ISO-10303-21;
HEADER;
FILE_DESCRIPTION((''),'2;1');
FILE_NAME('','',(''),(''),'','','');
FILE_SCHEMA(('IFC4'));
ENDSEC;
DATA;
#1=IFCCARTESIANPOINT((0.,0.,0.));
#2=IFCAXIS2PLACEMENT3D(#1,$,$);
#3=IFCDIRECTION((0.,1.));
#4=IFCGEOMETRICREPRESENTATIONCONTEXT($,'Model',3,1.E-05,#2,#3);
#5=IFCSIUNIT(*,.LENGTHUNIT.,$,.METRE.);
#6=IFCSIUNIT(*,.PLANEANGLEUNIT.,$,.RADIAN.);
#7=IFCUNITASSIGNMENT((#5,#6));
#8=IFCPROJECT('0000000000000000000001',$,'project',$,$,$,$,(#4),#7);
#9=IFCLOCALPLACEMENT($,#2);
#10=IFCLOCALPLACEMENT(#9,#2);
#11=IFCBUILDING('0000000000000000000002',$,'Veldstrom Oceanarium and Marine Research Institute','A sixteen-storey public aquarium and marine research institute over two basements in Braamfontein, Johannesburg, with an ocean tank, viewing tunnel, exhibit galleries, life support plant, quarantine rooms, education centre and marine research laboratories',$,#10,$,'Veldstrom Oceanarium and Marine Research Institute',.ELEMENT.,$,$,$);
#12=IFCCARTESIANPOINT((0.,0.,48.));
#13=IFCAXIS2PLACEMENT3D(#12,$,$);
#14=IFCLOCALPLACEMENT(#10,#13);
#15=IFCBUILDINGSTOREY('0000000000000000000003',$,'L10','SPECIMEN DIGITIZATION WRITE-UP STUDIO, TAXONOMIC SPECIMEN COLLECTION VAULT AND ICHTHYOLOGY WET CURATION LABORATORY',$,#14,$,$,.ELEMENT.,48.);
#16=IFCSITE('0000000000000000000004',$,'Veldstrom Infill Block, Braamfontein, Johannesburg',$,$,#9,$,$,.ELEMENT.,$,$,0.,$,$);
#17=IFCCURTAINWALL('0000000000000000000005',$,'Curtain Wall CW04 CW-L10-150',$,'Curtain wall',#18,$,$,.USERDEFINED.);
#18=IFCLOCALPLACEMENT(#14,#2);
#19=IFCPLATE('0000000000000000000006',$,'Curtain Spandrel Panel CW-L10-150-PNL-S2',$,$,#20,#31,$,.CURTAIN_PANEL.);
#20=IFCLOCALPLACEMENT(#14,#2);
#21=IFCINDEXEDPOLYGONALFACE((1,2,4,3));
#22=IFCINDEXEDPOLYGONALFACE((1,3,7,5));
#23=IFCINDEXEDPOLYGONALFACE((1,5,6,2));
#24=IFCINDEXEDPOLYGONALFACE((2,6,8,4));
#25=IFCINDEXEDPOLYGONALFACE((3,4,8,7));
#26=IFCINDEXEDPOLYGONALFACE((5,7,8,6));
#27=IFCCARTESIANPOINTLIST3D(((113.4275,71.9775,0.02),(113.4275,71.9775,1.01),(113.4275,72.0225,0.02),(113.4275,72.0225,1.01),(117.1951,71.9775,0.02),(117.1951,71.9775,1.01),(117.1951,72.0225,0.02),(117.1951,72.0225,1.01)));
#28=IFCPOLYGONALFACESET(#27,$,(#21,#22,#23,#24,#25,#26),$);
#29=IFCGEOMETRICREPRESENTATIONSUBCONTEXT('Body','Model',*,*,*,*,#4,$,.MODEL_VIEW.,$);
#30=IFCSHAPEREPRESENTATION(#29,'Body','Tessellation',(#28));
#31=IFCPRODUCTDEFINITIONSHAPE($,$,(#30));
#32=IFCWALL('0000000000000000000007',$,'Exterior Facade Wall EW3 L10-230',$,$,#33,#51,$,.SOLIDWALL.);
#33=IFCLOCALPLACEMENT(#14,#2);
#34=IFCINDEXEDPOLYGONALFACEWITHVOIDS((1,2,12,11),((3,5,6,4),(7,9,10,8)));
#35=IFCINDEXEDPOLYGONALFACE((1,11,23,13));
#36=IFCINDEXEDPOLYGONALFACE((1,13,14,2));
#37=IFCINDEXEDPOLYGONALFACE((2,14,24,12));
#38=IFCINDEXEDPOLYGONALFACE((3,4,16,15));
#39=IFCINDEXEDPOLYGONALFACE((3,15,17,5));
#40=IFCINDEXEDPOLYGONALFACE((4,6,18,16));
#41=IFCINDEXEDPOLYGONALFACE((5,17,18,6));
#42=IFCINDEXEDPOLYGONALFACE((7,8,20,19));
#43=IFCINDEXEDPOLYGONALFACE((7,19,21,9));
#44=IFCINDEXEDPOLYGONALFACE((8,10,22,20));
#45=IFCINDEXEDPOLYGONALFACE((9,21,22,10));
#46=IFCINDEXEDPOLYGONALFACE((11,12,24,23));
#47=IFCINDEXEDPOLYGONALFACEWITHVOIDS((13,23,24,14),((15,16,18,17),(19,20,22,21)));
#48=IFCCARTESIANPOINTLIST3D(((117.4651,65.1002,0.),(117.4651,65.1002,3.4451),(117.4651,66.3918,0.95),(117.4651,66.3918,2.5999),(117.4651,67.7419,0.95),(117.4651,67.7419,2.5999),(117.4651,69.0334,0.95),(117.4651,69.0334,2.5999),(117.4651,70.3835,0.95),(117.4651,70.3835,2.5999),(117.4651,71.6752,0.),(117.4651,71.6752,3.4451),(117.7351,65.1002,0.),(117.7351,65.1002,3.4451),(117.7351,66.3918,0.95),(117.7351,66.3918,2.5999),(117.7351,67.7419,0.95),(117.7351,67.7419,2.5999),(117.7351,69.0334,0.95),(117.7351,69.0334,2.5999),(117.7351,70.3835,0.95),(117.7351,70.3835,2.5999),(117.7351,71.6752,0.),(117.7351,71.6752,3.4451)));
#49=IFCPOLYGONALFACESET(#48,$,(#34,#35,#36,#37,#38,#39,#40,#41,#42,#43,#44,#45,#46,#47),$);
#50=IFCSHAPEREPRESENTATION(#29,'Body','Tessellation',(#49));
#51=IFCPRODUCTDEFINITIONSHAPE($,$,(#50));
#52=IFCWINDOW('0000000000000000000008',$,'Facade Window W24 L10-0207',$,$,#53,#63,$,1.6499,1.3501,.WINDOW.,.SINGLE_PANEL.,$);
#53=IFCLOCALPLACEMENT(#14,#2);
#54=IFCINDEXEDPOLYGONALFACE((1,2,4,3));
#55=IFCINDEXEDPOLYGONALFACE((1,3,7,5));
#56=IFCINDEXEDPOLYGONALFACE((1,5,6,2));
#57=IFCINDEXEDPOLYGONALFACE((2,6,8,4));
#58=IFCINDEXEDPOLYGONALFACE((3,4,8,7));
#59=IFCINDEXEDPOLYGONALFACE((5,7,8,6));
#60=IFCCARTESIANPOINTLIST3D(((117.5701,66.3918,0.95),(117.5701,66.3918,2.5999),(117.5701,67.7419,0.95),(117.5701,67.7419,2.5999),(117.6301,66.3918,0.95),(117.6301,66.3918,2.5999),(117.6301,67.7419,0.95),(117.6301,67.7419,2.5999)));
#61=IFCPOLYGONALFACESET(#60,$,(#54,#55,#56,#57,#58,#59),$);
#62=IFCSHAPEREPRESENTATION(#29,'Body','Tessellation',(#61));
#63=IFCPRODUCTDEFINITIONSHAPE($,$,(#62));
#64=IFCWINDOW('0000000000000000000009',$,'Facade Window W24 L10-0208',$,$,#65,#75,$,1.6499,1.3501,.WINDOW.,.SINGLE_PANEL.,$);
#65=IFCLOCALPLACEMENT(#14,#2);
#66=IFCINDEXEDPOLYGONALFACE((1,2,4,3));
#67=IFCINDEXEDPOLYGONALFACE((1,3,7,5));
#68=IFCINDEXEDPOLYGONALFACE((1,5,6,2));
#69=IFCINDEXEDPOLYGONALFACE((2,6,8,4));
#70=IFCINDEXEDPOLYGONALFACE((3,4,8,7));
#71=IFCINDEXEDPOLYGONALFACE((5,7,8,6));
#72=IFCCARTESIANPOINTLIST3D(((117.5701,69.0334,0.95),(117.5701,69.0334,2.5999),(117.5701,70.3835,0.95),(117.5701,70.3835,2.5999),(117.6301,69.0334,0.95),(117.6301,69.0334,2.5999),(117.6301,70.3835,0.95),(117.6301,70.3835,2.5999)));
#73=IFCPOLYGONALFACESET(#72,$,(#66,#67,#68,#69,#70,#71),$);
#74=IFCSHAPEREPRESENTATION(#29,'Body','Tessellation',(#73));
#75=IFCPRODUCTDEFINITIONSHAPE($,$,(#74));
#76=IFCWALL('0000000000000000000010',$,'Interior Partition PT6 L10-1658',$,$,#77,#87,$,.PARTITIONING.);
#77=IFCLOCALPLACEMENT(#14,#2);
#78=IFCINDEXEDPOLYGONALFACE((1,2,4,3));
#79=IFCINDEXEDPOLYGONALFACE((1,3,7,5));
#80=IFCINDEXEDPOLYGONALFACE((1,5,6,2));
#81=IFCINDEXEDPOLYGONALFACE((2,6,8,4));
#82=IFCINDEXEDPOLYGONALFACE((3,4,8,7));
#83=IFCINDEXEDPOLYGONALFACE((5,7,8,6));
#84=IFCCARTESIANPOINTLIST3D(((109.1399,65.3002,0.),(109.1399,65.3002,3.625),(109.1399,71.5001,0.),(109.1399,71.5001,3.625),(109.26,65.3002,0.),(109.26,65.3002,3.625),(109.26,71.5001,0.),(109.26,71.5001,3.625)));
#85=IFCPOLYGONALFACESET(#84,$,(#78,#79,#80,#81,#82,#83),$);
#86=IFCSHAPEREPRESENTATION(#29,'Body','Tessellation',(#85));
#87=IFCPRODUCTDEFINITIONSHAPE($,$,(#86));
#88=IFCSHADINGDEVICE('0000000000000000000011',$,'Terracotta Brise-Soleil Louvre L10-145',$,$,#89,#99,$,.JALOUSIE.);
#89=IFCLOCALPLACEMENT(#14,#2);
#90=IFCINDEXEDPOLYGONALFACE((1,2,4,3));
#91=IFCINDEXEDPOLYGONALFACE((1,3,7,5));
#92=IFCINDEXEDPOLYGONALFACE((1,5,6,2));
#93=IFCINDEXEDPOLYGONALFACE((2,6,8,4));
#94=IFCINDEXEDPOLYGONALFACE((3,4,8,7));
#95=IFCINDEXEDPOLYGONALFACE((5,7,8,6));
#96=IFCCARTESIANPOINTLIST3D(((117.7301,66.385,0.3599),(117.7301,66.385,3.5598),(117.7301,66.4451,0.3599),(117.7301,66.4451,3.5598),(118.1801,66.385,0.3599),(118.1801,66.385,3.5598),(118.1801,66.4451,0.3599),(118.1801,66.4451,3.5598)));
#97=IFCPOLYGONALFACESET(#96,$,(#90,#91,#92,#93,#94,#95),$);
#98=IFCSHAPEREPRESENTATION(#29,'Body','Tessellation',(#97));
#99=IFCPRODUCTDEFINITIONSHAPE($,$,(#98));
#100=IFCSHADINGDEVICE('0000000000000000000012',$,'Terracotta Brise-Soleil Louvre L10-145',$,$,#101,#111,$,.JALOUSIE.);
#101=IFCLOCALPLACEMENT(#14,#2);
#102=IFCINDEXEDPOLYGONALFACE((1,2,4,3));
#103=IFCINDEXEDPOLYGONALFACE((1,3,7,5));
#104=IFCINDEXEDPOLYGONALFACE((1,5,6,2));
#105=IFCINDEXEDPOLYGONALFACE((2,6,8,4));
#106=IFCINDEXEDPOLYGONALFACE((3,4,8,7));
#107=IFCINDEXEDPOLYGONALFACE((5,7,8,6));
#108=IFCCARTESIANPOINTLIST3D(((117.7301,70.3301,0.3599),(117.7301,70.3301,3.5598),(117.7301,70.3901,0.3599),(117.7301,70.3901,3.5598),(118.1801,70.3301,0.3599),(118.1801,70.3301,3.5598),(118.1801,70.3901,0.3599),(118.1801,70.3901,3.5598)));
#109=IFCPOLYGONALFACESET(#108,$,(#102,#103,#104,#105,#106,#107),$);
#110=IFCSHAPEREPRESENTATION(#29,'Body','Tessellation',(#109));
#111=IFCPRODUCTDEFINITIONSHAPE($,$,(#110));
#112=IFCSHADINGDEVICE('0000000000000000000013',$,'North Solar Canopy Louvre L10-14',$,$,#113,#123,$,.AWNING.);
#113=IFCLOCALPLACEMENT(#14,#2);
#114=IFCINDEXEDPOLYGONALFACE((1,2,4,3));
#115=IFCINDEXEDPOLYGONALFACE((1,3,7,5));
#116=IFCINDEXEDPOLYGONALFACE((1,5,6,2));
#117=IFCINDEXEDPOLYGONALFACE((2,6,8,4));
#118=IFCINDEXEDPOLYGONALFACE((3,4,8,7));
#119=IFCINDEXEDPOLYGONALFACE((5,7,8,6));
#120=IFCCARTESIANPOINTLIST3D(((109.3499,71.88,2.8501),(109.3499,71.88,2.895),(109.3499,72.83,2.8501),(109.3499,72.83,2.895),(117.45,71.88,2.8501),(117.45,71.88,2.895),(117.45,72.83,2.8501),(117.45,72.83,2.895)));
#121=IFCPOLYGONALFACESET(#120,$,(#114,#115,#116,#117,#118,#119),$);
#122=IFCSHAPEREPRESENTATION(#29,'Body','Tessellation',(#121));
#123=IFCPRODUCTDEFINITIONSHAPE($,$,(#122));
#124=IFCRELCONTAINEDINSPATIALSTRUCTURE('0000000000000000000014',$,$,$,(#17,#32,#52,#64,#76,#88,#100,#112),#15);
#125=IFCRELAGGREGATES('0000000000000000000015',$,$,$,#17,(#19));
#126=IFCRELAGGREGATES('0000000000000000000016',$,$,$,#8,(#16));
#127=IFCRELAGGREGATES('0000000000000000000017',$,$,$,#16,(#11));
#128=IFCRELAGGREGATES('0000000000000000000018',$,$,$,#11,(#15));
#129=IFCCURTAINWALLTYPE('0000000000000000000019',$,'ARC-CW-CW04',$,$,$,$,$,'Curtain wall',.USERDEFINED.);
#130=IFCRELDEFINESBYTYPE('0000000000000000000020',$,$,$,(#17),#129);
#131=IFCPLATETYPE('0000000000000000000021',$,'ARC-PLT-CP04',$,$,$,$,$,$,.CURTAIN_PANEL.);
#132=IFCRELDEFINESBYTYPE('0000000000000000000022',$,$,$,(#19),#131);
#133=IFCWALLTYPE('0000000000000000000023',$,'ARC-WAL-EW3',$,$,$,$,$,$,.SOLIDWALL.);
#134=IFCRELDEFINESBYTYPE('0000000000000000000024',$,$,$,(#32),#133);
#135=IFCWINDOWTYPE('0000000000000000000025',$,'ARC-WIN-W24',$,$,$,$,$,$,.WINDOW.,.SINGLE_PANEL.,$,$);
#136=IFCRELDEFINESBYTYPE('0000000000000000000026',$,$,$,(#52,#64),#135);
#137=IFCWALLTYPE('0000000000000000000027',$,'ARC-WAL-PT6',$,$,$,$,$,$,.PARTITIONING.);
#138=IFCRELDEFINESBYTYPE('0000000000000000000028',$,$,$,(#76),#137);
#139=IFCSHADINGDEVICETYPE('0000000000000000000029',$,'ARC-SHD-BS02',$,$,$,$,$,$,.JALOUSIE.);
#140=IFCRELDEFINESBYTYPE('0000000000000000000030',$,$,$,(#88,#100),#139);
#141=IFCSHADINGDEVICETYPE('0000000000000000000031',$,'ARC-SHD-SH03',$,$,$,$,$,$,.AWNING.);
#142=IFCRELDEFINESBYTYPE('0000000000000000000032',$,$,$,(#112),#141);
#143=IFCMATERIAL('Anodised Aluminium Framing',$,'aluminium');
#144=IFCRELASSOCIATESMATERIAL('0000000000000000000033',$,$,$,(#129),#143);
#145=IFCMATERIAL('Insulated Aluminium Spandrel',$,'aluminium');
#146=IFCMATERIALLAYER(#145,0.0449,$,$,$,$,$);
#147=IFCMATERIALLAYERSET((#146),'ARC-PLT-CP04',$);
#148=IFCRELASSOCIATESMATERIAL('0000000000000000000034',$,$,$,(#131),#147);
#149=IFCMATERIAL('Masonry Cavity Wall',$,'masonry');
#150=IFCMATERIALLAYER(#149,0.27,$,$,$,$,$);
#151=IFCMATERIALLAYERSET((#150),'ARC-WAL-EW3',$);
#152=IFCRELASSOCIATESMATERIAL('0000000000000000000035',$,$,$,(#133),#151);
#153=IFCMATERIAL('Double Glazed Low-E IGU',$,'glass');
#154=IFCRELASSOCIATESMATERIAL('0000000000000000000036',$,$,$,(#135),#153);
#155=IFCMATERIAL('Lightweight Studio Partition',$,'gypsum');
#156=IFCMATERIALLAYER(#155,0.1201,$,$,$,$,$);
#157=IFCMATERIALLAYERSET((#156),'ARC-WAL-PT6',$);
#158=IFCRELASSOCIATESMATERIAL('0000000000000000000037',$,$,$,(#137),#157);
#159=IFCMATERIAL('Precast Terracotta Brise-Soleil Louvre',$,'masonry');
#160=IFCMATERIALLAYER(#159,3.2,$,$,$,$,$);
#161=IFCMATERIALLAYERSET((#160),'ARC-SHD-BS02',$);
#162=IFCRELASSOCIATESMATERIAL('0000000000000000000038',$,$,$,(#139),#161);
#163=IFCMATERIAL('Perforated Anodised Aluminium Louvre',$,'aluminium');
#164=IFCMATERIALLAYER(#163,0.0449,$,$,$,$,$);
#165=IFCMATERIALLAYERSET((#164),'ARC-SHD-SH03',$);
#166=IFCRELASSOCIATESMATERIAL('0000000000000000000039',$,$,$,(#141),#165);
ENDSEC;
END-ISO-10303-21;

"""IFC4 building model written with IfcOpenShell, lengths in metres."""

from ifc_helpers import new_model, si_unit, direction, frame, frame_2d, origin, origin_2d, place, context, subcontext, project, spatial, rectangle, extrude, material, layer, layer_set, type_object, element, fill, aggregate, save


model = new_model("IFC4")

# Units and contexts
model_context = context("Model", 3, precision=1e-05, world=origin(), true_north=direction((0.0, 1.0)))
body_context = subcontext(model_context, "Body", "Model", "MODEL_VIEW")
ifc_project = project(units=[si_unit("LENGTHUNIT", "METRE"), si_unit("PLANEANGLEUNIT", "RADIAN")], contexts=[model_context])

# Site, building, storey
site_placement = place(None, origin())
site = spatial("IfcSite", under=ifc_project, at=site_placement, Name="Veldstrom Infill Block, Braamfontein, Johannesburg", CompositionType="ELEMENT", RefElevation=0.0)
building_placement = place(site_placement, origin())
building = spatial("IfcBuilding", under=site, at=building_placement, Name="Veldstrom Oceanarium and Marine Research Institute", Description="A sixteen-storey public aquarium and marine research institute over two basements in Braamfontein, Johannesburg, with an ocean tank, viewing tunnel, exhibit galleries, life support plant, quarantine rooms, education centre and marine research laboratories", LongName="Veldstrom Oceanarium and Marine Research Institute", CompositionType="ELEMENT")
storey_placement = place(building_placement, frame((0.0, 0.0, 48.0)))
storey = spatial("IfcBuildingStorey", under=building, at=storey_placement, Name="L10", Description="SPECIMEN DIGITIZATION WRITE-UP STUDIO, TAXONOMIC SPECIMEN COLLECTION VAULT AND ICHTHYOLOGY WET CURATION LABORATORY", CompositionType="ELEMENT", Elevation=48.0)

# Shared definitions
ifc_material_1 = material(Name="Anodised Aluminium Framing", Category="aluminium")
curtain_wall_type = type_object("IfcCurtainWallType", Name="ARC-CW-CW04", ElementType="Curtain wall", PredefinedType="USERDEFINED", material=ifc_material_1)

# Curtain wall
curtain_wall_1_placement = place(storey_placement, origin())
curtain_wall_1 = element("IfcCurtainWall", 1, at=curtain_wall_1_placement, inside=storey, type_object=curtain_wall_type, Name="Curtain Wall CW04 CW-L10-150", ObjectType="Curtain wall", PredefinedType="USERDEFINED")

# Plate
ifc_material_2 = material(Name="Insulated Aluminium Spandrel", Category="aluminium")
ifc_layer_1 = layer(ifc_material_2, 0.0449)
ifc_layer_set_1 = layer_set([ifc_layer_1], Name="ARC-PLT-CP04")
plate_type_1 = type_object("IfcPlateType", Name="ARC-PLT-CP04", PredefinedType="CURTAIN_PANEL", material=ifc_layer_set_1)
plate_1_placement = place(storey_placement, frame((115.3113, 72.0, 0.02), z_axis=(0.0, 0.0, 1.0), x_axis=(1.0, 0.0, 0.0)))
plate_1 = element("IfcPlate", 2, at=plate_1_placement, type_object=plate_type_1, Name="Curtain Spandrel Panel CW-L10-150-PNL-S2", PredefinedType="CURTAIN_PANEL", context=body_context, shape_type="SweptSolid", body=[
    extrude(rectangle(XDim=3.7676, YDim=0.0449, at=origin_2d()), origin(), (0.0, 0.0, 1.0), 0.99),
])
aggregate(curtain_wall_1, [plate_1])

# Wall, openings, windows
ifc_material_3 = material(Name="Masonry Cavity Wall", Category="masonry")
ifc_layer_2 = layer(ifc_material_3, 0.27)
ifc_layer_set_2 = layer_set([ifc_layer_2], Name="ARC-WAL-EW3")
wall_type_1 = type_object("IfcWallType", Name="ARC-WAL-EW3", PredefinedType="SOLIDWALL", material=ifc_layer_set_2)
wall_1_placement = place(storey_placement, frame((117.6001, 65.1001, 0.0), z_axis=(0.0, 0.0, 1.0), x_axis=(0.0, 1.0, 0.0)))
wall_1 = element("IfcWall", 3, at=wall_1_placement, inside=storey, type_object=wall_type_1, Name="Exterior Facade Wall EW3 L10-230", PredefinedType="SOLIDWALL", context=body_context, shape_type="SweptSolid", body=[
    extrude(rectangle(XDim=6.575, YDim=0.27, at=frame_2d((3.2876, 0.0))), origin(), (0.0, 0.0, 1.0), 3.4451),
])
opening_1_placement = place(wall_1_placement, frame((1.2917, 0.0, 0.95)))
opening_1 = element("IfcOpeningElement", 4, at=opening_1_placement, cuts=wall_1, PredefinedType="OPENING", context=body_context, shape_type="SweptSolid", body=[
    extrude(rectangle(XDim=1.3501, YDim=1.6499, at=frame_2d((0.675, 0.825))), frame((0.0, 0.145, 0.0), z_axis=(0.0, -1.0, 0.0), x_axis=(1.0, 0.0, 0.0)), (0.0, 0.0, 1.0), 0.29),
])
opening_2_placement = place(wall_1_placement, frame((3.9333, 0.0, 0.95)))
opening_2 = element("IfcOpeningElement", 5, at=opening_2_placement, cuts=wall_1, PredefinedType="OPENING", context=body_context, shape_type="SweptSolid", body=[
    extrude(rectangle(XDim=1.3501, YDim=1.6499, at=frame_2d((0.675, 0.825))), frame((0.0, 0.145, 0.0), z_axis=(0.0, -1.0, 0.0), x_axis=(1.0, 0.0, 0.0)), (0.0, 0.0, 1.0), 0.29),
])
ifc_material_4 = material(Name="Double Glazed Low-E IGU", Category="glass")
window_type = type_object("IfcWindowType", Name="ARC-WIN-W24", PartitioningType="SINGLE_PANEL", PredefinedType="WINDOW", material=ifc_material_4)
window_1_placement = place(opening_1_placement, origin())
window_1 = element("IfcWindow", 6, at=window_1_placement, inside=storey, type_object=window_type, Name="Facade Window W24 L10-0207", OverallHeight=1.6499, OverallWidth=1.3501, PartitioningType="SINGLE_PANEL", PredefinedType="WINDOW", context=body_context, shape_type="SweptSolid", body=[
    extrude(rectangle(XDim=1.3501, YDim=1.6499, at=frame_2d((0.675, 0.825))), frame((0.0, 0.03, 0.0), z_axis=(0.0, -1.0, 0.0), x_axis=(1.0, 0.0, 0.0)), (0.0, 0.0, 1.0), 0.0601),
])
fill(opening_1, window_1)
window_2_placement = place(opening_2_placement, origin())
window_2 = element("IfcWindow", 7, at=window_2_placement, inside=storey, type_object=window_type, Name="Facade Window W24 L10-0208", OverallHeight=1.6499, OverallWidth=1.3501, PartitioningType="SINGLE_PANEL", PredefinedType="WINDOW", context=body_context, shape_type="SweptSolid", body=[
    extrude(rectangle(XDim=1.3501, YDim=1.6499, at=frame_2d((0.675, 0.825))), frame((0.0, 0.03, 0.0), z_axis=(0.0, -1.0, 0.0), x_axis=(1.0, 0.0, 0.0)), (0.0, 0.0, 1.0), 0.0601),
])
fill(opening_2, window_2)

# Wall
ifc_material_5 = material(Name="Lightweight Studio Partition", Category="gypsum")
ifc_layer_3 = layer(ifc_material_5, 0.1201)
ifc_layer_set_3 = layer_set([ifc_layer_3], Name="ARC-WAL-PT6")
wall_type_2 = type_object("IfcWallType", Name="ARC-WAL-PT6", PredefinedType="PARTITIONING", material=ifc_layer_set_3)
wall_2_placement = place(storey_placement, frame((109.2, 65.3, 0.0), z_axis=(0.0, 0.0, 1.0), x_axis=(0.0, 1.0, 0.0)))
element("IfcWall", 8, at=wall_2_placement, inside=storey, type_object=wall_type_2, Name="Interior Partition PT6 L10-1658", PredefinedType="PARTITIONING", context=body_context, shape_type="SweptSolid", body=[
    extrude(rectangle(XDim=6.2, YDim=0.1201, at=frame_2d((3.1001, 0.0))), origin(), (0.0, 0.0, 1.0), 3.625),
])

# Shading devices
ifc_material_6 = material(Name="Precast Terracotta Brise-Soleil Louvre", Category="masonry")
ifc_layer_4 = layer(ifc_material_6, 3.2)
ifc_layer_set_4 = layer_set([ifc_layer_4], Name="ARC-SHD-BS02")
shading_device_type_1 = type_object("IfcShadingDeviceType", Name="ARC-SHD-BS02", PredefinedType="JALOUSIE", material=ifc_layer_set_4)
for number, where, z_axis, x_axis, name in (
    (9, (117.9551, 66.415, 0.3599), (0.0, 0.0, 1.0), (1.0, 0.0, 0.0), "Terracotta Brise-Soleil Louvre L10-145"),
    (10, (117.9551, 70.3601, 0.3599), (0.0, 0.0, 1.0), (1.0, 0.0, 0.0), "Terracotta Brise-Soleil Louvre L10-145"),
):
    element("IfcShadingDevice", number, at=place(storey_placement, frame(where, z_axis=z_axis, x_axis=x_axis)), inside=storey, type_object=shading_device_type_1, Name=name, PredefinedType="JALOUSIE", context=body_context, shape_type="SweptSolid", body=[
        extrude(rectangle(XDim=0.45, YDim=0.0601, at=origin_2d()), origin(), (0.0, 0.0, 1.0), 3.2),
    ])
ifc_material_7 = material(Name="Perforated Anodised Aluminium Louvre", Category="aluminium")
ifc_layer_5 = layer(ifc_material_7, 0.0449)
ifc_layer_set_5 = layer_set([ifc_layer_5], Name="ARC-SHD-SH03")
shading_device_type_2 = type_object("IfcShadingDeviceType", Name="ARC-SHD-SH03", PredefinedType="AWNING", material=ifc_layer_set_5)
shading_device_placement = place(storey_placement, frame((113.3999, 72.355, 2.8501), z_axis=(0.0, 0.0, 1.0), x_axis=(1.0, 0.0, 0.0)))
element("IfcShadingDevice", 11, at=shading_device_placement, inside=storey, type_object=shading_device_type_2, Name="North Solar Canopy Louvre L10-14", PredefinedType="AWNING", context=body_context, shape_type="SweptSolid", body=[
    extrude(rectangle(XDim=8.1001, YDim=0.95, at=origin_2d()), origin(), (0.0, 0.0, 1.0), 0.0449),
])

save(model, "model.ifc")
